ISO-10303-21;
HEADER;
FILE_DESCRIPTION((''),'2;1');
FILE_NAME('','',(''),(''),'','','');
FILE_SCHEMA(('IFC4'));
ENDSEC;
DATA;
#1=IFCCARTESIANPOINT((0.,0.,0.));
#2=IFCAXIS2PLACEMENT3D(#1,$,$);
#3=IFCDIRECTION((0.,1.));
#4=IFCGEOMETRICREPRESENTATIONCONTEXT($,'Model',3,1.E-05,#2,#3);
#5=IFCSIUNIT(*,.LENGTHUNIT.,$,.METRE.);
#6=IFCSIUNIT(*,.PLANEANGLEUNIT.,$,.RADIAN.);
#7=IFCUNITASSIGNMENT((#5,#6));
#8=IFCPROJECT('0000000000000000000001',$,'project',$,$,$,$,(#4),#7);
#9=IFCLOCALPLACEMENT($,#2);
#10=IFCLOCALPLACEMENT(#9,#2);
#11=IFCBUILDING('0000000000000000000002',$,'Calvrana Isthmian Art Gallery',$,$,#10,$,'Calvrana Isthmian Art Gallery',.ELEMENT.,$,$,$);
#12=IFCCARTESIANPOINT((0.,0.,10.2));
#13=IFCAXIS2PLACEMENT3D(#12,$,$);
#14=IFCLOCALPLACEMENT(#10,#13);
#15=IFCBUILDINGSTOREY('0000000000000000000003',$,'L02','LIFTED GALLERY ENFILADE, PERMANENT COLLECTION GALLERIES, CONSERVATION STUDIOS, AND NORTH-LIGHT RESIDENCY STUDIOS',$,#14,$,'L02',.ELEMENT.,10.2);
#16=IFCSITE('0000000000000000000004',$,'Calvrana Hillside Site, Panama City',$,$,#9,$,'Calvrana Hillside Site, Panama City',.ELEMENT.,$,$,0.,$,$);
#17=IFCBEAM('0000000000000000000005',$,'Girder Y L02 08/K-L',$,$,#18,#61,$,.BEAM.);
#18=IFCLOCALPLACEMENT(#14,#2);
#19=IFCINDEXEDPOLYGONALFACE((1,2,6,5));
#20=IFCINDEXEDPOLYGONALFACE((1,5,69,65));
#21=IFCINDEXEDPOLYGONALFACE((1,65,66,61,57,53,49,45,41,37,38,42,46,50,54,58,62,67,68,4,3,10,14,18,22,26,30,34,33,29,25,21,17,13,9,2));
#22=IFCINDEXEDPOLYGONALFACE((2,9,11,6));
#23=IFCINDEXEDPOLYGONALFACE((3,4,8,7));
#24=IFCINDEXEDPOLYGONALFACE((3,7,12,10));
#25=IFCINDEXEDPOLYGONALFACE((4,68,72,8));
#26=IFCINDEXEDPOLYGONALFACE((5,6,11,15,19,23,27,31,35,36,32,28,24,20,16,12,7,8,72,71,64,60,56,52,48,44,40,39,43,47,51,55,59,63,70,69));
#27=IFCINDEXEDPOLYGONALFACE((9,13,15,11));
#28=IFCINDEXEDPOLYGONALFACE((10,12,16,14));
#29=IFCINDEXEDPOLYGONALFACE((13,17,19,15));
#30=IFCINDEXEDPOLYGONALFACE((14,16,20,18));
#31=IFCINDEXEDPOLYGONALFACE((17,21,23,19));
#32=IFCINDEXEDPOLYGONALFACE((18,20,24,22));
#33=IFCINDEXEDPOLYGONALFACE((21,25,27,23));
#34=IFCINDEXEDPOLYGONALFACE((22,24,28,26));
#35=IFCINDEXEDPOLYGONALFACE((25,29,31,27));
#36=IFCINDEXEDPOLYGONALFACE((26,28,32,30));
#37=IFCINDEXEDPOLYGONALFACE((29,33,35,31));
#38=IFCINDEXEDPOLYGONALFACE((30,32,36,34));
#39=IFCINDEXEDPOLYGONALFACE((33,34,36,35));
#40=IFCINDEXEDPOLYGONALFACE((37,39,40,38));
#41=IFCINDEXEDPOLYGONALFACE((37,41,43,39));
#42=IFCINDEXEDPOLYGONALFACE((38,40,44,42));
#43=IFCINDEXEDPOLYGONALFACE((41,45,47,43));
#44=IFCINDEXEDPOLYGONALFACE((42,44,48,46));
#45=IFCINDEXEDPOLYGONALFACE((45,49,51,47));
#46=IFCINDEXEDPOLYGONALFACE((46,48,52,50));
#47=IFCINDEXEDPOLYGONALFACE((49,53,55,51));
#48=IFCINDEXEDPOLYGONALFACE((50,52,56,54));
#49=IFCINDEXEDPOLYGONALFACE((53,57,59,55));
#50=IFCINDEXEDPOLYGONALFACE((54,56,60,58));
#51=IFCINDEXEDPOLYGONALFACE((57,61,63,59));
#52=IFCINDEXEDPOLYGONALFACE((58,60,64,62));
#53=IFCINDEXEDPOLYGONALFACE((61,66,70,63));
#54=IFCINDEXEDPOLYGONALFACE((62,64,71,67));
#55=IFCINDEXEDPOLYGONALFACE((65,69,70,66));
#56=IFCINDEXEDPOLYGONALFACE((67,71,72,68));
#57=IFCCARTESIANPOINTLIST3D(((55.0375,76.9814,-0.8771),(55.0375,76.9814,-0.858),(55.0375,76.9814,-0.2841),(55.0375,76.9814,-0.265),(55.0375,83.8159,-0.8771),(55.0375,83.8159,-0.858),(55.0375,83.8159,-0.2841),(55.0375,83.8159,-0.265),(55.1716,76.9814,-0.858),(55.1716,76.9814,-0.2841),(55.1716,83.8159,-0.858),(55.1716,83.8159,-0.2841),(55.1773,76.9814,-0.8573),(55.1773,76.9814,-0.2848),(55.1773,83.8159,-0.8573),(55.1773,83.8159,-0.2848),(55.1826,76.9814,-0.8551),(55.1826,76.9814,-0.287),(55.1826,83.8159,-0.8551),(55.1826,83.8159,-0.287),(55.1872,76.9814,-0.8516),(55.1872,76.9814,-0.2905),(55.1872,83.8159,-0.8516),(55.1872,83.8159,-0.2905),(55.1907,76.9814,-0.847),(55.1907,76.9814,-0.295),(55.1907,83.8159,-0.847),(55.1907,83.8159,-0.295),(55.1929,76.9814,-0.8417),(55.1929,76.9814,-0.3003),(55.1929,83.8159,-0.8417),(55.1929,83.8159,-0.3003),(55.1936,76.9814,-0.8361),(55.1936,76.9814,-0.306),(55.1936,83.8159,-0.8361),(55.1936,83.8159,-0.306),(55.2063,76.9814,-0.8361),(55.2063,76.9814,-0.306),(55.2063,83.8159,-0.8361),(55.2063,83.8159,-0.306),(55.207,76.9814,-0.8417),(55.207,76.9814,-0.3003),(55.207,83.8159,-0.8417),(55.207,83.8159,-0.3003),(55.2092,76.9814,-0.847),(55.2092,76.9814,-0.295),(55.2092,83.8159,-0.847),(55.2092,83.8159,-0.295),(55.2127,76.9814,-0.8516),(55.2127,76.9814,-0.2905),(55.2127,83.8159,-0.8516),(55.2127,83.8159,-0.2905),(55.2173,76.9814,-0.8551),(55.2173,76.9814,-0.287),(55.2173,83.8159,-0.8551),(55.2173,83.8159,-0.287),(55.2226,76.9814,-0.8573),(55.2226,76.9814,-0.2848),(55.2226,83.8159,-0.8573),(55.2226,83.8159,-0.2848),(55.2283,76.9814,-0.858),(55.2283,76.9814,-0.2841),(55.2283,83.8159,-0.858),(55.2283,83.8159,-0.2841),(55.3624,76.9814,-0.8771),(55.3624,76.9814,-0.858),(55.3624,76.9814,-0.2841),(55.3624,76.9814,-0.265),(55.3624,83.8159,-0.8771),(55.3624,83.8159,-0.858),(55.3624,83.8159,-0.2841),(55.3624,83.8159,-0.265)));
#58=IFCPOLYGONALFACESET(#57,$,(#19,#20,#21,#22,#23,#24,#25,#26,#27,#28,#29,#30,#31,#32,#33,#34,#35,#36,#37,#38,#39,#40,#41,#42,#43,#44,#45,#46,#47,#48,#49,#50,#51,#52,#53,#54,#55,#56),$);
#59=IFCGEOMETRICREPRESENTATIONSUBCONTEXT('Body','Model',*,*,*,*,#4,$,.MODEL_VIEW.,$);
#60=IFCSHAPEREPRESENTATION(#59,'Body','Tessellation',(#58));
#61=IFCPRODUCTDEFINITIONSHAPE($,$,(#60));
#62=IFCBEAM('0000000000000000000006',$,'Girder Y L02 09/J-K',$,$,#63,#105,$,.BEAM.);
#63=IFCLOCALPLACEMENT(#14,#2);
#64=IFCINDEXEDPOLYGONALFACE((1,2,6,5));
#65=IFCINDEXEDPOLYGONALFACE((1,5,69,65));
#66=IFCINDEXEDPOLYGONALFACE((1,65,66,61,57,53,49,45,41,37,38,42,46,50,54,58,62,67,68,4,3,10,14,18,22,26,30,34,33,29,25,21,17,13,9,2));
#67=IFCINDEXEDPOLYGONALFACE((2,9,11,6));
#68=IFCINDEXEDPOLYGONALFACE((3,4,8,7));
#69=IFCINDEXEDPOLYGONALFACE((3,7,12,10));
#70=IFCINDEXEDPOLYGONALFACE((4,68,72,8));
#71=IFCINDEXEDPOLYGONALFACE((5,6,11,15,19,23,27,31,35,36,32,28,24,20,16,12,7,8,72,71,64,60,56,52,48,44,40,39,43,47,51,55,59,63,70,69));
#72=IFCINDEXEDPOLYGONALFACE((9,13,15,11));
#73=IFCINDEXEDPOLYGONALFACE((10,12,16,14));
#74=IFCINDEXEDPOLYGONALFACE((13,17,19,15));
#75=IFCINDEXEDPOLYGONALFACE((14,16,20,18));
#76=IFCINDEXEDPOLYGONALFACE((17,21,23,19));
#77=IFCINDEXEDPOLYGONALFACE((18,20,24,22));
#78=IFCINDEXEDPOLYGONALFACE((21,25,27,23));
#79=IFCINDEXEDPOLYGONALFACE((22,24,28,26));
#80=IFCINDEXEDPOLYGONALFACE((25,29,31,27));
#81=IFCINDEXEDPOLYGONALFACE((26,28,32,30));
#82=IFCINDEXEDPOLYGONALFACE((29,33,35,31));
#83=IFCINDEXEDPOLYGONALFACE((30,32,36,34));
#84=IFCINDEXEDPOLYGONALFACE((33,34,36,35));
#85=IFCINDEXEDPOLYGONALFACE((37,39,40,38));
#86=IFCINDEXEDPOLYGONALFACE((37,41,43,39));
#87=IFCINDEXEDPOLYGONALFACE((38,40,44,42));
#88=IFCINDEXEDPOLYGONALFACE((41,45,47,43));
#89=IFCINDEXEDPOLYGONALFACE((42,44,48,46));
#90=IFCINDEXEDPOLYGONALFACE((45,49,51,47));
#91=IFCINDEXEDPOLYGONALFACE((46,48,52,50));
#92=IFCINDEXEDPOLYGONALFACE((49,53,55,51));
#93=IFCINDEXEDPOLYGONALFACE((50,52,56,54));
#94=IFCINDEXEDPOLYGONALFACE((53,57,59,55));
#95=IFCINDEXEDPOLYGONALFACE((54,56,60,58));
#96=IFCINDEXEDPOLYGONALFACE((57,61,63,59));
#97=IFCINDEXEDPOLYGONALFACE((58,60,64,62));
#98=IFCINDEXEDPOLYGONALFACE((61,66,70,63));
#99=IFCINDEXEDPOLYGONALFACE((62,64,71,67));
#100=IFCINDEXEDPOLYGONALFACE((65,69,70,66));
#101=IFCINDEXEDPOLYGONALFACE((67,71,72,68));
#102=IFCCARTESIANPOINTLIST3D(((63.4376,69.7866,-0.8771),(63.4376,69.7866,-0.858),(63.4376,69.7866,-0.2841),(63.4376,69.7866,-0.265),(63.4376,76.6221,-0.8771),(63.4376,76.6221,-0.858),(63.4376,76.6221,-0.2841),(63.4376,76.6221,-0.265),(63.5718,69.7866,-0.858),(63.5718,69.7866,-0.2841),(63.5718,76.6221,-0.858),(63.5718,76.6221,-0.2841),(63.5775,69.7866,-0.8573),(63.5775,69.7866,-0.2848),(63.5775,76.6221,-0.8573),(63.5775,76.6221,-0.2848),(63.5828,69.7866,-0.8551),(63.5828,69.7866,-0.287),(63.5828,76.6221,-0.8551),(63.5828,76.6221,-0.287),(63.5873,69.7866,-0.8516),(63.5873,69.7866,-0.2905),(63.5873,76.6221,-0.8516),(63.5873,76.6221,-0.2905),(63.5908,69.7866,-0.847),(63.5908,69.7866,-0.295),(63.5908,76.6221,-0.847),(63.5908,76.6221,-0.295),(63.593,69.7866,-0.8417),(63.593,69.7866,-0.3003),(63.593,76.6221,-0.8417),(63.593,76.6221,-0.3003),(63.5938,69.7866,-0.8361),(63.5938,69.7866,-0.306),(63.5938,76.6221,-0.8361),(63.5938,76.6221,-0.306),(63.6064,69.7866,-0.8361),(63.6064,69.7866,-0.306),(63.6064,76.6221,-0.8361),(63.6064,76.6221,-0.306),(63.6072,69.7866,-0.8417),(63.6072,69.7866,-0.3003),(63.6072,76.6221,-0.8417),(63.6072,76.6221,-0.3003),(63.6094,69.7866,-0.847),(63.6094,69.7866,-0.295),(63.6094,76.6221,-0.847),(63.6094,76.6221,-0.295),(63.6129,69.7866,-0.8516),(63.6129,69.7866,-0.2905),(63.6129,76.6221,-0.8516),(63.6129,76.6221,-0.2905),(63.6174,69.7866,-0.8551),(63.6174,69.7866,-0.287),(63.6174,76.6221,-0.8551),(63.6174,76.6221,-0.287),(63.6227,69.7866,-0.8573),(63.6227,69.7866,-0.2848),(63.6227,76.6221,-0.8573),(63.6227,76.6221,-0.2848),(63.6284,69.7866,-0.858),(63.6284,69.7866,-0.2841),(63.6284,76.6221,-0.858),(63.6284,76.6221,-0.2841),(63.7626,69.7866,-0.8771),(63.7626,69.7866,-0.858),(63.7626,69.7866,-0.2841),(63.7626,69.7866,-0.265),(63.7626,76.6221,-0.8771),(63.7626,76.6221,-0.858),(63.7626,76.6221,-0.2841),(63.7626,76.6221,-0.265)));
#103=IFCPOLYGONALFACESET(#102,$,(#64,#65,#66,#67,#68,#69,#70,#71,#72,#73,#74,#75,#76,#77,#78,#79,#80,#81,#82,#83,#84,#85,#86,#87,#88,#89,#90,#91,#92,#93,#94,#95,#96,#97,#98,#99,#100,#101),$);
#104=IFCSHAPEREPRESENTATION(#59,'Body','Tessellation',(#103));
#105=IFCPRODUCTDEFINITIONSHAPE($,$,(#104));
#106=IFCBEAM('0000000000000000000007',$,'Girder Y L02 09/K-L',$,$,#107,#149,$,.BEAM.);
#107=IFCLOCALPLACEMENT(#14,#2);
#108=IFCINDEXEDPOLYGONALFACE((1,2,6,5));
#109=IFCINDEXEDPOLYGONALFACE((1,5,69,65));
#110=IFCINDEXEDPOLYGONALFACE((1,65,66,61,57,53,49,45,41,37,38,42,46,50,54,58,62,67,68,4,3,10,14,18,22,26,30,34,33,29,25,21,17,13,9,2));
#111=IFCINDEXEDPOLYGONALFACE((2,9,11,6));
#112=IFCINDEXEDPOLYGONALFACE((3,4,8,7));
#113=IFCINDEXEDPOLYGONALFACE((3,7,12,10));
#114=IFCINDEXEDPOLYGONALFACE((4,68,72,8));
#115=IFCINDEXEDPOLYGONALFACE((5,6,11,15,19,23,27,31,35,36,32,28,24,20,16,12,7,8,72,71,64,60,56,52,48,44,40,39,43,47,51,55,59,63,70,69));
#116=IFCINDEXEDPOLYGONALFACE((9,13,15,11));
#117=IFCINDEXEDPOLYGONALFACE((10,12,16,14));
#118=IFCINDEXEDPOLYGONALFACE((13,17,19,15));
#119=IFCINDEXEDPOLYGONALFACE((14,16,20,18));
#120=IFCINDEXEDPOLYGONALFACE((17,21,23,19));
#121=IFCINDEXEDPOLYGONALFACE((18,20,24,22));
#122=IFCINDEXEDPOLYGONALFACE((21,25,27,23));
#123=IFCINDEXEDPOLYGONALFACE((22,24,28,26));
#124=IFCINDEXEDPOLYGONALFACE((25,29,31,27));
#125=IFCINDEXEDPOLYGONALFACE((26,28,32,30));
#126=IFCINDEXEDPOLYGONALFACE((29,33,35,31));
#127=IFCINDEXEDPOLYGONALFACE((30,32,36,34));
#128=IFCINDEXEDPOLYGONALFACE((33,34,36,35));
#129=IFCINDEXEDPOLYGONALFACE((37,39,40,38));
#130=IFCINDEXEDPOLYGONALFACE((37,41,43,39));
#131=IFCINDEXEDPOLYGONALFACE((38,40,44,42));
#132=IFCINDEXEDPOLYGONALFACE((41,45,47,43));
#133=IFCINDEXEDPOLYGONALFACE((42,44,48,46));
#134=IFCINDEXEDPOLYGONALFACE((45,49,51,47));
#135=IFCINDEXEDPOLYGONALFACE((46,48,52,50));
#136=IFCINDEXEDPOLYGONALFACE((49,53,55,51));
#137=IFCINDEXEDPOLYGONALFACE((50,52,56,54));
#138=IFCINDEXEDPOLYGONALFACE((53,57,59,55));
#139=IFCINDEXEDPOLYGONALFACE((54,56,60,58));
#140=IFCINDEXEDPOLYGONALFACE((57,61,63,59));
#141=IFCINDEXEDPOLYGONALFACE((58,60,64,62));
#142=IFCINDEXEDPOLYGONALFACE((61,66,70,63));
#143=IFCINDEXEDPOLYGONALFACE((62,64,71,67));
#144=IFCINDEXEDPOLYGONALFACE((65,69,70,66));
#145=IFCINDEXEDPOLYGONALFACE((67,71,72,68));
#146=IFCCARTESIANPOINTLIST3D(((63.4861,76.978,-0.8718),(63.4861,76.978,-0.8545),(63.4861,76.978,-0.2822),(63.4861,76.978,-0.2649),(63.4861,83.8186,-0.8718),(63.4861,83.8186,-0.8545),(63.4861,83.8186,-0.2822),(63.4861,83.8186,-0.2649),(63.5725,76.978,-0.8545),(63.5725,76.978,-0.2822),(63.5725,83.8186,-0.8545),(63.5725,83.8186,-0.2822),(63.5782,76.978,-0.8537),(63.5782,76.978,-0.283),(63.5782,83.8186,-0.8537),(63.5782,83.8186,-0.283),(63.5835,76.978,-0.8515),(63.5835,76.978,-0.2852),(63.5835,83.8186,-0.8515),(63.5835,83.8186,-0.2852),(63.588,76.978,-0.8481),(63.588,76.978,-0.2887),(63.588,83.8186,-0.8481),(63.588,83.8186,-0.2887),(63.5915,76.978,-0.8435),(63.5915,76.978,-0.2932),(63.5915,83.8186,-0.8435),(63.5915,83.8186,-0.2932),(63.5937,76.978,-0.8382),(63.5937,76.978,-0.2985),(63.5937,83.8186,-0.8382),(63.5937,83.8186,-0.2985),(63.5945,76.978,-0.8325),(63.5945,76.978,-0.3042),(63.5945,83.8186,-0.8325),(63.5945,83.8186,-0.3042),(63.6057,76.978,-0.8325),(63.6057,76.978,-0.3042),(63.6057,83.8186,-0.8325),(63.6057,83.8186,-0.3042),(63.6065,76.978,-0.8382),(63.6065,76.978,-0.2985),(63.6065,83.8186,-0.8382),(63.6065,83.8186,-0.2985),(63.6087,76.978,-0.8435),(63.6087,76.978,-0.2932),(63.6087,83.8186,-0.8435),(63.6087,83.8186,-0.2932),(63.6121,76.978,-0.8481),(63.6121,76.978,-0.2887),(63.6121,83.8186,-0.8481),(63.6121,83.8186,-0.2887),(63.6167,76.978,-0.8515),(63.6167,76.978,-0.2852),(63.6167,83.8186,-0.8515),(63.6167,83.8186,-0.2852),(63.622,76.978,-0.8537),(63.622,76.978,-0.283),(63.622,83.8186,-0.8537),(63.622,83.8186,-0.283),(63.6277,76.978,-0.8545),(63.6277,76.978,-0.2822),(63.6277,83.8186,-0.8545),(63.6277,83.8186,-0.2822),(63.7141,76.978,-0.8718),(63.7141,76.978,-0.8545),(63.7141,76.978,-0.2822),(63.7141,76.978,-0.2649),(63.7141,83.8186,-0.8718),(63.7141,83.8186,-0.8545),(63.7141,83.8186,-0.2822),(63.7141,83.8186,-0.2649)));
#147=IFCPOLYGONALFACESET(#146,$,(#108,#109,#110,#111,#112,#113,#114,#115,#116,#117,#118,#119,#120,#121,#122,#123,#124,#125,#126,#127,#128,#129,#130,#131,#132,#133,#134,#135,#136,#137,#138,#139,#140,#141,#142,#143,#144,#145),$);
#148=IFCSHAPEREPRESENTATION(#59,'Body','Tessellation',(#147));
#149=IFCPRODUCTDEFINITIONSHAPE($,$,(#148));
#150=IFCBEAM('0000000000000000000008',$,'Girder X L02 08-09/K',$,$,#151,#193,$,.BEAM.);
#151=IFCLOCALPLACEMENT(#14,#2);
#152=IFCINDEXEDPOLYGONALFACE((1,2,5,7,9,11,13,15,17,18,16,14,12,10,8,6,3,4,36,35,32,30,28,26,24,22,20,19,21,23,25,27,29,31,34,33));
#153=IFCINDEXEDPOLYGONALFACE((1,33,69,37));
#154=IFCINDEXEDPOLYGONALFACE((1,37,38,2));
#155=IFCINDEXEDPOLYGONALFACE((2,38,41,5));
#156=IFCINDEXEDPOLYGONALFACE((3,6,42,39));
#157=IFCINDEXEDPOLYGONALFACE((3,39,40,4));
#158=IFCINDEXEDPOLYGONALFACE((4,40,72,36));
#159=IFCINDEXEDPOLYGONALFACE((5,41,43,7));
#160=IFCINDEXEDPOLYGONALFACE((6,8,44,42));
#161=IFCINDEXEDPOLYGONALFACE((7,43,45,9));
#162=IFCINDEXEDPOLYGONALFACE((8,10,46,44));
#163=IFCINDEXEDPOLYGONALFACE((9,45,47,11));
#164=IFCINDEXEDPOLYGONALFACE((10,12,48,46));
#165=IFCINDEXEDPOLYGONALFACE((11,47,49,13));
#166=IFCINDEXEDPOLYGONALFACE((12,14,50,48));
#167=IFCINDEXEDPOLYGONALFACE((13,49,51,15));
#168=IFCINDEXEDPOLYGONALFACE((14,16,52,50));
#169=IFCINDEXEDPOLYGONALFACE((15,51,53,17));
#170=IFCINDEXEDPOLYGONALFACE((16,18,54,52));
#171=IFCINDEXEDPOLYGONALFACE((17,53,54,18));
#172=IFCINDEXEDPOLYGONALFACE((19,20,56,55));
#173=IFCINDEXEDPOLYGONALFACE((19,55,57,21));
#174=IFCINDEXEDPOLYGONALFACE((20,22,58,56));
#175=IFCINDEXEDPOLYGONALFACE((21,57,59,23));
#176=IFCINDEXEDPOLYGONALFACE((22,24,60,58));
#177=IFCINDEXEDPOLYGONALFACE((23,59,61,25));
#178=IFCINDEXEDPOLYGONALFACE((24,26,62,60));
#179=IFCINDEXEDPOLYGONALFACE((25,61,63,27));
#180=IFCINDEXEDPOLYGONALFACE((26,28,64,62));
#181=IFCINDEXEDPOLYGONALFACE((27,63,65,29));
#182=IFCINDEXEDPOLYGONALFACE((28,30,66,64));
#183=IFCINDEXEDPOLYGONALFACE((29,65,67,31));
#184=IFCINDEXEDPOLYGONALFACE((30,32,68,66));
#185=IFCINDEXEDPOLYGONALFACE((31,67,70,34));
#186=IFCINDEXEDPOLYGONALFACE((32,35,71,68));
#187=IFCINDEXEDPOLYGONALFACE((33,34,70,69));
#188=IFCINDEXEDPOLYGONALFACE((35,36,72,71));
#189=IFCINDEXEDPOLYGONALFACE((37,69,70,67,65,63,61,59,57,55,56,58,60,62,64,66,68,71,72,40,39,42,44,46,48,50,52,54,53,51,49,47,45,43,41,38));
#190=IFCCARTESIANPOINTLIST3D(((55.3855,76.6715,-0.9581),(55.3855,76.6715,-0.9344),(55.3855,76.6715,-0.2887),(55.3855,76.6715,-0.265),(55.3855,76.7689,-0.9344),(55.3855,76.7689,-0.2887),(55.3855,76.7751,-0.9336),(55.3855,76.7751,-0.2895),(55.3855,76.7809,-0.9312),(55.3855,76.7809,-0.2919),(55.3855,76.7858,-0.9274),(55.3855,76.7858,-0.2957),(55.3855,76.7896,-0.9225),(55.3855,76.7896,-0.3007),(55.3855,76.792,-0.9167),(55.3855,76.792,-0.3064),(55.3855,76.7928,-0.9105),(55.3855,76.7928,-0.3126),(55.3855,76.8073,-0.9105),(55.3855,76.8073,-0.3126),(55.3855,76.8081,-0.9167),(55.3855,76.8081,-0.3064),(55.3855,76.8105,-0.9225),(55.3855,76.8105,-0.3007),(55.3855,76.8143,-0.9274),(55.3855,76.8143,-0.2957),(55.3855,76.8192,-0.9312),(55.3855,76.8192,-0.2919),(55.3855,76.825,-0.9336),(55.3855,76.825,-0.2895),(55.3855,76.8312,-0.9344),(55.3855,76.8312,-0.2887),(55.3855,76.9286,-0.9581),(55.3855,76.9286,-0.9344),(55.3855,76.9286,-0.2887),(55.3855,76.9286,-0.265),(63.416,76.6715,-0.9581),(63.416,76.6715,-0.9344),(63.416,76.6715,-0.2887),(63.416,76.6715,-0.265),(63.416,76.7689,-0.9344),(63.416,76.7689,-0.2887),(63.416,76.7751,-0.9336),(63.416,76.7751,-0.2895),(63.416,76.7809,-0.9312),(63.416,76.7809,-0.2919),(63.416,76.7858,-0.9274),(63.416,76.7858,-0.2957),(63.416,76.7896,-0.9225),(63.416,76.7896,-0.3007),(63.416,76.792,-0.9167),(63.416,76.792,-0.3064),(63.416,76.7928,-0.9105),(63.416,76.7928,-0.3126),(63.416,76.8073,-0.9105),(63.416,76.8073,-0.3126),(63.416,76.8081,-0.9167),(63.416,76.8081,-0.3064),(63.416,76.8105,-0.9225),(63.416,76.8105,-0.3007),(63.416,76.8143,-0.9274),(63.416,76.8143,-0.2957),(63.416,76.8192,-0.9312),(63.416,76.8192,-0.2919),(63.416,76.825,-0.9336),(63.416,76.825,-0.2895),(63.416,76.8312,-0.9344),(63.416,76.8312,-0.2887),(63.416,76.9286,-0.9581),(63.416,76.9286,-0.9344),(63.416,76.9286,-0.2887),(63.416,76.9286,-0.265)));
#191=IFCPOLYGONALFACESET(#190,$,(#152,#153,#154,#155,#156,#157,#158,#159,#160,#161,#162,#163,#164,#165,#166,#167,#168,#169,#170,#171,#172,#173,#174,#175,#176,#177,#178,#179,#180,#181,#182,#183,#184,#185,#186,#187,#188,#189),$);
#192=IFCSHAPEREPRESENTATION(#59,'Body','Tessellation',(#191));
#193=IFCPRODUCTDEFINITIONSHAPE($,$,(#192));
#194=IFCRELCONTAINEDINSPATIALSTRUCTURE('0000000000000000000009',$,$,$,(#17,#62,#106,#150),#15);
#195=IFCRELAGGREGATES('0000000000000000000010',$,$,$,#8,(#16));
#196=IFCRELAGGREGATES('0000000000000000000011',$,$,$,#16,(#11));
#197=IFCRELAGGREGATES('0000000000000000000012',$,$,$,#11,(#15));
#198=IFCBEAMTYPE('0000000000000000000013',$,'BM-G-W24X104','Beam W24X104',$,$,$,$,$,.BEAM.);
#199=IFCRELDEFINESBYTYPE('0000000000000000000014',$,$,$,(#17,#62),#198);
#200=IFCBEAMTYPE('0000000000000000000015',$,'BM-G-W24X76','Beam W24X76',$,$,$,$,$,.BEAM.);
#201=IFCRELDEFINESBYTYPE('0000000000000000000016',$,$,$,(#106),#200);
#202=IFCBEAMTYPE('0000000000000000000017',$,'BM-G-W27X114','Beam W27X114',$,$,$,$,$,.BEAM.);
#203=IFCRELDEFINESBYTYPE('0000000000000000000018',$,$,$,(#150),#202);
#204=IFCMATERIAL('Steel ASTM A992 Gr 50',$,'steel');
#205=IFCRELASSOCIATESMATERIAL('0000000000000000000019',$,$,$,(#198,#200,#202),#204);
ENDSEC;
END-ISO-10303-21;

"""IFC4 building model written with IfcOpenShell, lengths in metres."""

from ifc_helpers import new_model, si_unit, direction, frame, origin, origin_2d, place, context, subcontext, project, spatial, i_section, extrude, material, material_profile, profile_set, type_object, element, save


model = new_model("IFC4")

# Units and contexts
model_context = context("Model", 3, precision=1e-05, world=origin(), true_north=direction((0.0, 1.0)))
body_context = subcontext(model_context, "Body", "Model", "MODEL_VIEW")
ifc_project = project(units=[si_unit("LENGTHUNIT", "METRE"), si_unit("PLANEANGLEUNIT", "RADIAN")], contexts=[model_context])

# Site, building, storey
site_placement = place(None, origin())
site = spatial("IfcSite", under=ifc_project, at=site_placement, Name="Calvrana Hillside Site, Panama City", LongName="Calvrana Hillside Site, Panama City", CompositionType="ELEMENT", RefElevation=0.0)
building_placement = place(site_placement, origin())
building = spatial("IfcBuilding", under=site, at=building_placement, Name="Calvrana Isthmian Art Gallery", LongName="Calvrana Isthmian Art Gallery", CompositionType="ELEMENT")
storey_placement = place(building_placement, frame((0.0, 0.0, 10.2)))
storey = spatial("IfcBuildingStorey", under=building, at=storey_placement, Name="L02", Description="LIFTED GALLERY ENFILADE, PERMANENT COLLECTION GALLERIES, CONSERVATION STUDIOS, AND NORTH-LIGHT RESIDENCY STUDIOS", LongName="L02", CompositionType="ELEMENT", Elevation=10.2)

# Beams
ifc_material_1 = material(Name="Steel ASTM A992 Gr 50", Category="steel")
ifc_material_profile_1 = material_profile(ifc_material_1, i_section(OverallWidth=0.325, OverallDepth=0.6121, WebThickness=0.0127, FlangeThickness=0.019, FilletRadius=0.022, at=origin_2d()), Name="W24X104")
ifc_profile_set_1 = profile_set([ifc_material_profile_1], Name="Steel ASTM A992 Gr 50")
beam_type_1 = type_object("IfcBeamType", Name="BM-G-W24X104", Description="Beam W24X104", PredefinedType="BEAM", material=ifc_profile_set_1)
beam_1_placement = place(storey_placement, frame((55.2, 76.9814, -0.571), z_axis=(0.0, 1.0, 0.0), x_axis=(-1.0, 0.0, 0.0)))
element("IfcBeam", 1, at=beam_1_placement, inside=storey, type_object=beam_type_1, Name="Girder Y L02 08/K-L", PredefinedType="BEAM", context=body_context, shape_type="SweptSolid", body=[
    extrude(i_section(OverallWidth=0.325, OverallDepth=0.6121, WebThickness=0.0127, FlangeThickness=0.019, FilletRadius=0.022, at=origin_2d()), origin(), (0.0, 0.0, 1.0), 6.8345),
])
beam_2_placement = place(storey_placement, frame((63.6001, 69.7866, -0.571), z_axis=(0.0, 1.0, 0.0), x_axis=(-1.0, 0.0, 0.0)))
element("IfcBeam", 2, at=beam_2_placement, inside=storey, type_object=beam_type_1, Name="Girder Y L02 09/J-K", PredefinedType="BEAM", context=body_context, shape_type="SweptSolid", body=[
    extrude(i_section(OverallWidth=0.325, OverallDepth=0.6121, WebThickness=0.0127, FlangeThickness=0.019, FilletRadius=0.022, at=origin_2d()), origin(), (0.0, 0.0, 1.0), 6.8354),
])
ifc_material_profile_2 = material_profile(ifc_material_1, i_section(OverallWidth=0.228, OverallDepth=0.6069, WebThickness=0.0112, FlangeThickness=0.0173, FilletRadius=0.022, at=origin_2d()), Name="W24X76")
ifc_profile_set_2 = profile_set([ifc_material_profile_2], Name="Steel ASTM A992 Gr 50")
beam_type_2 = type_object("IfcBeamType", Name="BM-G-W24X76", Description="Beam W24X76", PredefinedType="BEAM", material=ifc_profile_set_2)
beam_3_placement = place(storey_placement, frame((63.6001, 76.978, -0.5684), z_axis=(0.0, 1.0, 0.0), x_axis=(-1.0, 0.0, 0.0)))
element("IfcBeam", 3, at=beam_3_placement, inside=storey, type_object=beam_type_2, Name="Girder Y L02 09/K-L", PredefinedType="BEAM", context=body_context, shape_type="SweptSolid", body=[
    extrude(i_section(OverallWidth=0.228, OverallDepth=0.6069, WebThickness=0.0112, FlangeThickness=0.0173, FilletRadius=0.022, at=origin_2d()), origin(), (0.0, 0.0, 1.0), 6.8406),
])
ifc_material_profile_3 = material_profile(ifc_material_1, i_section(OverallWidth=0.2571, OverallDepth=0.6931, WebThickness=0.0144, FlangeThickness=0.0237, FilletRadius=0.0239, at=origin_2d()), Name="W27X114")
ifc_profile_set_3 = profile_set([ifc_material_profile_3], Name="Steel ASTM A992 Gr 50")
beam_type_3 = type_object("IfcBeamType", Name="BM-G-W27X114", Description="Beam W27X114", PredefinedType="BEAM", material=ifc_profile_set_3)
beam_4_placement = place(storey_placement, frame((55.3855, 76.8, -0.6116), z_axis=(1.0, 0.0, 0.0), x_axis=(0.0, 1.0, 0.0)))
element("IfcBeam", 4, at=beam_4_placement, inside=storey, type_object=beam_type_3, Name="Girder X L02 08-09/K", PredefinedType="BEAM", context=body_context, shape_type="SweptSolid", body=[
    extrude(i_section(OverallWidth=0.2571, OverallDepth=0.6931, WebThickness=0.0144, FlangeThickness=0.0237, FilletRadius=0.0239, at=origin_2d()), origin(), (0.0, 0.0, 1.0), 8.0305),
])

save(model, "model.ifc")
